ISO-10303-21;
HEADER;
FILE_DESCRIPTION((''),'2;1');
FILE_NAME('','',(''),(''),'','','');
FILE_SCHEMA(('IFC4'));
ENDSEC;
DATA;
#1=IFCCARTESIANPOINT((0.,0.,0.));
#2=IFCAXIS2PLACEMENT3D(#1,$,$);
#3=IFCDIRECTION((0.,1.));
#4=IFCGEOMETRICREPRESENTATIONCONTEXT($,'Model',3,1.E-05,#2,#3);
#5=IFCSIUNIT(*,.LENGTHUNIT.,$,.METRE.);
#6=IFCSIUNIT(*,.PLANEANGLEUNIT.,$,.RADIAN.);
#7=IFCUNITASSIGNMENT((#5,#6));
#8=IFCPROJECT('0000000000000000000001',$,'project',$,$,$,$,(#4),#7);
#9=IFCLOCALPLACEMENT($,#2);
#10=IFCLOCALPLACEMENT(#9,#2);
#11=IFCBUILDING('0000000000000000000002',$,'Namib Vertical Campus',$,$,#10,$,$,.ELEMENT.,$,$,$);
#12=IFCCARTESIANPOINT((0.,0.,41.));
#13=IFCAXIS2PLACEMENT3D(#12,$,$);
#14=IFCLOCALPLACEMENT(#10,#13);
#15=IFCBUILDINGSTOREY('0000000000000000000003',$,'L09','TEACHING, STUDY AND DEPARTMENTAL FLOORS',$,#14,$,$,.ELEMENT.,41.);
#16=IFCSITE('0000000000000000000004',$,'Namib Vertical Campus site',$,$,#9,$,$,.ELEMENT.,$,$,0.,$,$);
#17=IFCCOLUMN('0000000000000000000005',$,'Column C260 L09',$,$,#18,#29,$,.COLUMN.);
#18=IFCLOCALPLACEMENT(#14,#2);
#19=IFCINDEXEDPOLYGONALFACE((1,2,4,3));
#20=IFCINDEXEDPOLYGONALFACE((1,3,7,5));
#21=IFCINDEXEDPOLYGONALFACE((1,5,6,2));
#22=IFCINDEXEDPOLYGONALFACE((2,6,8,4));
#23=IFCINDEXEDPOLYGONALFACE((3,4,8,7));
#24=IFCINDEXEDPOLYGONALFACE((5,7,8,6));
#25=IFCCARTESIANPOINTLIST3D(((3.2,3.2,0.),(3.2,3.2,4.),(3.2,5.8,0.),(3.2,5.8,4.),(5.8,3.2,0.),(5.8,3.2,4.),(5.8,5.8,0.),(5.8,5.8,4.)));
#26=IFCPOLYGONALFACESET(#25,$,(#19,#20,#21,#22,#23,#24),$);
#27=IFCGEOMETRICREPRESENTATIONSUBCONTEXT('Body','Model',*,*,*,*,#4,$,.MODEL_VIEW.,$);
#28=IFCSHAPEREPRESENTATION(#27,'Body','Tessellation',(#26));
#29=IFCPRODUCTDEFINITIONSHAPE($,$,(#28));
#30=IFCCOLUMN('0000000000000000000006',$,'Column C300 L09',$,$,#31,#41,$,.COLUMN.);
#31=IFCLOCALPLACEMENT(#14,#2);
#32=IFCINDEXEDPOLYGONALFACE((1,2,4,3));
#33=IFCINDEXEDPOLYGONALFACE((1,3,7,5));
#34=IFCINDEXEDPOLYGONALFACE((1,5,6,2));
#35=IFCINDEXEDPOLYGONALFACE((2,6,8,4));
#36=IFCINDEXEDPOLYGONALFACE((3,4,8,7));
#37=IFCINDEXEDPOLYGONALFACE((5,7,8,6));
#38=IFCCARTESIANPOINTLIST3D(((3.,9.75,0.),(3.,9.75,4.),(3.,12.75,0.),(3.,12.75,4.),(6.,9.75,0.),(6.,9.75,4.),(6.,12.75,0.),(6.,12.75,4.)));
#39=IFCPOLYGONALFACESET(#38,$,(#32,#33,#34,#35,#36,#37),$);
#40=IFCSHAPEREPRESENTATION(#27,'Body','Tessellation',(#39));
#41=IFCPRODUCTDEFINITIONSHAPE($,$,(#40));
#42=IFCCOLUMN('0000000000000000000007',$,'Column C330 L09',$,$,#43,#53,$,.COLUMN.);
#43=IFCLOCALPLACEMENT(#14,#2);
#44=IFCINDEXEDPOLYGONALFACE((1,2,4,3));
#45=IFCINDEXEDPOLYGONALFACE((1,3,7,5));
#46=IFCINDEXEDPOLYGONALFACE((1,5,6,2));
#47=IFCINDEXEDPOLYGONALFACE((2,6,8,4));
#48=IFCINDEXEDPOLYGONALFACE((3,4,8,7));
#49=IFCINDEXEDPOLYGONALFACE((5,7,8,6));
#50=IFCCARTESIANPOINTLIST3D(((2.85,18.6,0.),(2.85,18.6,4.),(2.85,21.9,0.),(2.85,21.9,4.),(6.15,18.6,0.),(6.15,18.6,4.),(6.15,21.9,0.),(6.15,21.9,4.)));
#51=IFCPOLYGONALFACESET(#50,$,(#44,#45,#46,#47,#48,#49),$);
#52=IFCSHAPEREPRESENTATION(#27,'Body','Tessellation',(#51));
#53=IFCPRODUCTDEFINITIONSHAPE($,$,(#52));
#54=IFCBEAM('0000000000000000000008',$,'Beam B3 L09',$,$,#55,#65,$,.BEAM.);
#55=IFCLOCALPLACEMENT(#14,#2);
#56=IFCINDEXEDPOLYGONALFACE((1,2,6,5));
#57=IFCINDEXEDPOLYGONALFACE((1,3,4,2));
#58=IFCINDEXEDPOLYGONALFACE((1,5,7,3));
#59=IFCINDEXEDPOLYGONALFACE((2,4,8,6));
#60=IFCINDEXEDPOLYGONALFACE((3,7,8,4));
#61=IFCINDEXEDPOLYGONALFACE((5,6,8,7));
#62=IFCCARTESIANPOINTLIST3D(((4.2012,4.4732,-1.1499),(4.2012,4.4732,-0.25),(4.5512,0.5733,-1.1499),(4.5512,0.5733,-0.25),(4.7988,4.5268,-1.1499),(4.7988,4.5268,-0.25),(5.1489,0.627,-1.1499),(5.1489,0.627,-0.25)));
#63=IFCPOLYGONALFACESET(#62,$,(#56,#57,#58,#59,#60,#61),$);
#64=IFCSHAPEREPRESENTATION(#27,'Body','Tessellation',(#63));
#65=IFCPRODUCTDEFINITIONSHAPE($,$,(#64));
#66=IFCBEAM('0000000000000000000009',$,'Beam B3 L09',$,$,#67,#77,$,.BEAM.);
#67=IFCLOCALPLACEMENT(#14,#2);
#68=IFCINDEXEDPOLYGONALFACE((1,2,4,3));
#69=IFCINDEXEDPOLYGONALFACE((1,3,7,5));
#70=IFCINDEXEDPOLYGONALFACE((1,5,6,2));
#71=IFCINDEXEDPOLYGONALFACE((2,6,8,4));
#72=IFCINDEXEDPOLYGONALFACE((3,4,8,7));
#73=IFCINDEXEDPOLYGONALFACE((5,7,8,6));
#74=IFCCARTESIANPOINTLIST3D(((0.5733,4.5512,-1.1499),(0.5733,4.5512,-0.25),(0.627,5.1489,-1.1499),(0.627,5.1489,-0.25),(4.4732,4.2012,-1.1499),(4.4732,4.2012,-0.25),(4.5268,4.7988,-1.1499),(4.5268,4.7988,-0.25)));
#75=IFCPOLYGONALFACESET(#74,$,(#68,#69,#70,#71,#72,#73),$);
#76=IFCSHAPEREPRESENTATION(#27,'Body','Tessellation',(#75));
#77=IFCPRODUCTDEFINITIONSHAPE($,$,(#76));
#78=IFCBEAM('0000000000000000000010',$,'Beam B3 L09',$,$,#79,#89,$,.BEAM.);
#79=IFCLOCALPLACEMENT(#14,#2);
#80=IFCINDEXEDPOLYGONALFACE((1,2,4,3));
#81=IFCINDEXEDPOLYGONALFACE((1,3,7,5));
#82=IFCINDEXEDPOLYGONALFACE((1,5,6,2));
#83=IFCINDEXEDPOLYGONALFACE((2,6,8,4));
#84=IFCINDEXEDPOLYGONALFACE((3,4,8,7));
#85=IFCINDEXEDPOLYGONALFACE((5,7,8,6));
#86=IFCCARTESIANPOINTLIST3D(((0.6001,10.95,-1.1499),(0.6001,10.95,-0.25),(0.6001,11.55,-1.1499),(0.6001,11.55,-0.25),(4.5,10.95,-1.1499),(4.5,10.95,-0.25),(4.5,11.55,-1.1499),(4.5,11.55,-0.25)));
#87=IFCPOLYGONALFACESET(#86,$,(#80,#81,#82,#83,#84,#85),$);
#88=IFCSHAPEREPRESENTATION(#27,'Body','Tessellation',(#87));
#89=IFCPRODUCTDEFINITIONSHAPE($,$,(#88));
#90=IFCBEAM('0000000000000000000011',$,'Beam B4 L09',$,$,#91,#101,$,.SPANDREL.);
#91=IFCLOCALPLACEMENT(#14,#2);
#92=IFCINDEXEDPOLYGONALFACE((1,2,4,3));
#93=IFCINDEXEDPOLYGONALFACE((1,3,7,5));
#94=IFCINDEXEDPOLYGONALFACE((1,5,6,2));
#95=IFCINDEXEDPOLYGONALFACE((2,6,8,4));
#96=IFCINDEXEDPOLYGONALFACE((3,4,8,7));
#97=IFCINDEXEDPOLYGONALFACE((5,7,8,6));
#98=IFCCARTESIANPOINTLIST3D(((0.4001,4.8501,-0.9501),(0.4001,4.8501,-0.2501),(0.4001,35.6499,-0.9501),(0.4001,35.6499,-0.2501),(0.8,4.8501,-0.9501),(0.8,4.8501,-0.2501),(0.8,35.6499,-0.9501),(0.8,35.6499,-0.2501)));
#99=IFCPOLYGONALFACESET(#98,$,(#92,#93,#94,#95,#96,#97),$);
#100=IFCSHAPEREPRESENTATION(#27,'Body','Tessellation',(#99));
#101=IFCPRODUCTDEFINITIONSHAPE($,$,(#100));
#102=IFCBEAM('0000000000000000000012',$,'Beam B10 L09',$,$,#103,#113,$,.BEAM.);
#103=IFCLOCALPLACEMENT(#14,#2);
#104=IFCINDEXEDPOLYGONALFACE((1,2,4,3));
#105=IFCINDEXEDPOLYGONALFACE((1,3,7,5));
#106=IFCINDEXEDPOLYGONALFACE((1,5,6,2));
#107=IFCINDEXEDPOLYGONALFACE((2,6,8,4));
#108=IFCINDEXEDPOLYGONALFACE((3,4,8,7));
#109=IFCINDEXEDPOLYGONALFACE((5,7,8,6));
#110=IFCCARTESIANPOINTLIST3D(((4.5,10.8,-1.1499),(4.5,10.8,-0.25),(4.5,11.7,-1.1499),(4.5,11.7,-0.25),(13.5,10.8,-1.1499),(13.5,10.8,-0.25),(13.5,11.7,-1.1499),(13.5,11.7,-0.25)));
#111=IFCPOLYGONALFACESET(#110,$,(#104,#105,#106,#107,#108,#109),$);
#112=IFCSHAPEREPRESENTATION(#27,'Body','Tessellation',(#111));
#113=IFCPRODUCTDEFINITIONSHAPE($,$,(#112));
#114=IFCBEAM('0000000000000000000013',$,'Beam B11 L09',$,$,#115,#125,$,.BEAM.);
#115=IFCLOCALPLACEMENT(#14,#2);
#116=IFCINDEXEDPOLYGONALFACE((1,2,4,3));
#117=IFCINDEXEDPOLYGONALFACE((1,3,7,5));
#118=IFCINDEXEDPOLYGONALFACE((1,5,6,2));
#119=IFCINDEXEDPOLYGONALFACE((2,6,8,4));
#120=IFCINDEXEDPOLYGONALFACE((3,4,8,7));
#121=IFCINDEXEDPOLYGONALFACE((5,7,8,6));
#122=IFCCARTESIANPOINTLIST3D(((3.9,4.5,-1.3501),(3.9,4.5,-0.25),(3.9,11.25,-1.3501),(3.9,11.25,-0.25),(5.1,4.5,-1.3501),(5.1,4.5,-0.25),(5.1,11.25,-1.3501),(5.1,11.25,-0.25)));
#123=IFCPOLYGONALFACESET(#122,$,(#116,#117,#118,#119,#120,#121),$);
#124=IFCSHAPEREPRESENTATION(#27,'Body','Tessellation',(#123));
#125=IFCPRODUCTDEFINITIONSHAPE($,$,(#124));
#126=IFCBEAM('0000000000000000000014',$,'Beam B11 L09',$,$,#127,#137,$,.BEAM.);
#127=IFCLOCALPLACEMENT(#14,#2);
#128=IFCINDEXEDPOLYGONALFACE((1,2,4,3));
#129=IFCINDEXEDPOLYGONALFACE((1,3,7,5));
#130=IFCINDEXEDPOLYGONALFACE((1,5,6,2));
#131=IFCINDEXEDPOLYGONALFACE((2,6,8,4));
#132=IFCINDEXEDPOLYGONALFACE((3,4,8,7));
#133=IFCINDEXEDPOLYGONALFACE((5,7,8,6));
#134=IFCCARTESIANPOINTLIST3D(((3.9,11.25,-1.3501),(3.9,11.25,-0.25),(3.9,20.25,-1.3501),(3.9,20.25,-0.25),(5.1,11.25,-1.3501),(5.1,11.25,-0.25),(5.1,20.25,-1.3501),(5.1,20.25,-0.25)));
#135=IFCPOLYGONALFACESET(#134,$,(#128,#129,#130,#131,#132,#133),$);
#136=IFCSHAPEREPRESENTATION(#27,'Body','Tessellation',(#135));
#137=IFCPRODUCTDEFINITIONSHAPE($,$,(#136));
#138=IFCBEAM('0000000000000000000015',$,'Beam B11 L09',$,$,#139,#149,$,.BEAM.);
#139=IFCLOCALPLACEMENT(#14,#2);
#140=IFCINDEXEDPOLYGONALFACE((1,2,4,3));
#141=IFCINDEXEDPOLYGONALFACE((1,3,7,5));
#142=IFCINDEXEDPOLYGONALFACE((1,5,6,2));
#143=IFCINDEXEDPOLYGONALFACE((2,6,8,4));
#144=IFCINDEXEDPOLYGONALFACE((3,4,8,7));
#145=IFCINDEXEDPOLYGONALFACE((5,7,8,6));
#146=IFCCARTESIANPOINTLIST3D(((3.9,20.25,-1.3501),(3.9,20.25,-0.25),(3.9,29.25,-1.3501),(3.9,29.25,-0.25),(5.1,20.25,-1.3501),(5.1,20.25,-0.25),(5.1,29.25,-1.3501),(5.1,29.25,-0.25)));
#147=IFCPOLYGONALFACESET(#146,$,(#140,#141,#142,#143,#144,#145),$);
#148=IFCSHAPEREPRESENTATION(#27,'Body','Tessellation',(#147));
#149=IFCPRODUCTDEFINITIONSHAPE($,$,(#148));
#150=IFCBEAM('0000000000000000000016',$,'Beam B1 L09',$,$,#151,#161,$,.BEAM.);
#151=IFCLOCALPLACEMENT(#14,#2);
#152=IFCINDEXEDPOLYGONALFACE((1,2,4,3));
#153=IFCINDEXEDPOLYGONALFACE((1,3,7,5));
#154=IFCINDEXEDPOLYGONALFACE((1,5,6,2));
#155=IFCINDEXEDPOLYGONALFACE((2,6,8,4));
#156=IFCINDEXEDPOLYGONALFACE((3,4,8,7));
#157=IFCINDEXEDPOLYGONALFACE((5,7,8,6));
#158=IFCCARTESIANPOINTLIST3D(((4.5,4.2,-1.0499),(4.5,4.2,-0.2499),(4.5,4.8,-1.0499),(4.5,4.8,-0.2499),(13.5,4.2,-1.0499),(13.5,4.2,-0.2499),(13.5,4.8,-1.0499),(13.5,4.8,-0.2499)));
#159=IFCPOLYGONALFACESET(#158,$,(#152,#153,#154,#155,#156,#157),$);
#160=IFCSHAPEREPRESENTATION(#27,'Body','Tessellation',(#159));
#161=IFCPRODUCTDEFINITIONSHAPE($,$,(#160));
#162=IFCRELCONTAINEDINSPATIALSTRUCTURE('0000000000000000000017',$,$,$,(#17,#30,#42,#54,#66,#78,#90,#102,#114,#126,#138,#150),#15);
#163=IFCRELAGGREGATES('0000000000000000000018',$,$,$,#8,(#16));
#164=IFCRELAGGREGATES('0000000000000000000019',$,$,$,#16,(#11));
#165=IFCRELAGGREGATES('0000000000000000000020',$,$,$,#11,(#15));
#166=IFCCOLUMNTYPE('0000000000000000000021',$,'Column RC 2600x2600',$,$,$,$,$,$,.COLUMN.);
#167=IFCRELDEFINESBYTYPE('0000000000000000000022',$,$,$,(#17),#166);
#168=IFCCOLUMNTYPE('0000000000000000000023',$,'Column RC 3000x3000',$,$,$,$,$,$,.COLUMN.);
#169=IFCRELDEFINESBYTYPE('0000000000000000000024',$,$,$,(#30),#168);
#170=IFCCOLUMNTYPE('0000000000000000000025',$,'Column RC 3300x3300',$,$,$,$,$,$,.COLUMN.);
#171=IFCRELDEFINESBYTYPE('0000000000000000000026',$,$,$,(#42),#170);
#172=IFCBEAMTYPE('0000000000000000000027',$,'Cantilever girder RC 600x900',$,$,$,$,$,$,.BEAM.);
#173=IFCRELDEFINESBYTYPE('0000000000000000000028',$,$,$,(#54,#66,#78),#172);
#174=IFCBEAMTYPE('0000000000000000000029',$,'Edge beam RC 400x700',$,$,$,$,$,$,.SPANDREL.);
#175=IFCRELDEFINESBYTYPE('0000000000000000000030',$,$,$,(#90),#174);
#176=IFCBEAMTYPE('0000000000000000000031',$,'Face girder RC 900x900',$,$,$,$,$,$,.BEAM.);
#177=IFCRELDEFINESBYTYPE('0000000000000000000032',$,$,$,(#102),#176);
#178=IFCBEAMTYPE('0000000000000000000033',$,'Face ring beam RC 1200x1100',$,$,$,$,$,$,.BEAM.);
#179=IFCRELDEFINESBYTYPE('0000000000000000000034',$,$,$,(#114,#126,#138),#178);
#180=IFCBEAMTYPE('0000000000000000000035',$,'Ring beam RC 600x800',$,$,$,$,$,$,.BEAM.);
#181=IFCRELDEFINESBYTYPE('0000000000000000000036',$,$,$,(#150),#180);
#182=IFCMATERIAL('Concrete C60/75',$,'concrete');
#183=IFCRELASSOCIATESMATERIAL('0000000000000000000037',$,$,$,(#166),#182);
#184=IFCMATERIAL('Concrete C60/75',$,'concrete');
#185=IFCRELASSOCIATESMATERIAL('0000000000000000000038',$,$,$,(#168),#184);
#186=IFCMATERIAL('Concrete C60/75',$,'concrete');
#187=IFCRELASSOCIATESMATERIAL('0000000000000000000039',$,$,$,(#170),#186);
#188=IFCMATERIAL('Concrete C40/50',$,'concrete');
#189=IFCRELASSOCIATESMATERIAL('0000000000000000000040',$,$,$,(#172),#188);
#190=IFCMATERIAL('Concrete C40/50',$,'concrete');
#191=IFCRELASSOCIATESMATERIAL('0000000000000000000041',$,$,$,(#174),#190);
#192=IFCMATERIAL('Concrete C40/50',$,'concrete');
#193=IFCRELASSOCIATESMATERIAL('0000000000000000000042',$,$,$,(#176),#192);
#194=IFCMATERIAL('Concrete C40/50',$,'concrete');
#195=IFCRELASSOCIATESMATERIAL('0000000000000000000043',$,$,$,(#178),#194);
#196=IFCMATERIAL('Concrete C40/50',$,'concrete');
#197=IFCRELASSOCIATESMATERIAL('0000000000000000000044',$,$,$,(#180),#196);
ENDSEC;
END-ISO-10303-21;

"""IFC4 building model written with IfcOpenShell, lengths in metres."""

from ifc_helpers import new_model, si_unit, direction, frame, origin, origin_2d, place, context, subcontext, project, spatial, rectangle, extrude, material, material_profile, profile_set, type_object, element, save


model = new_model("IFC4")

# Units and contexts
model_context = context("Model", 3, precision=1e-05, world=origin(), true_north=direction((0.0, 1.0)))
body_context = subcontext(model_context, "Body", "Model", "MODEL_VIEW")
ifc_project = project(units=[si_unit("LENGTHUNIT", "METRE"), si_unit("PLANEANGLEUNIT", "RADIAN")], contexts=[model_context])

# Site, building, storey
site_placement = place(None, origin())
site = spatial("IfcSite", under=ifc_project, at=site_placement, Name="Namib Vertical Campus site", CompositionType="ELEMENT", RefElevation=0.0)
building_placement = place(site_placement, origin())
building = spatial("IfcBuilding", under=site, at=building_placement, Name="Namib Vertical Campus", CompositionType="ELEMENT")
storey_placement = place(building_placement, frame((0.0, 0.0, 41.0)))
storey = spatial("IfcBuildingStorey", under=building, at=storey_placement, Name="L09", Description="TEACHING, STUDY AND DEPARTMENTAL FLOORS", CompositionType="ELEMENT", Elevation=41.0)

# Columns
ifc_material_1 = material(Name="Concrete C60/75", Category="concrete")
ifc_material_profile_1 = material_profile(ifc_material_1, rectangle(XDim=2.6001, YDim=2.6001, at=origin_2d()))
ifc_profile_set_1 = profile_set([ifc_material_profile_1], Name="Concrete C60/75")
column_type_1 = type_object("IfcColumnType", Name="Column RC 2600x2600", PredefinedType="COLUMN", material=ifc_profile_set_1)
column_1_placement = place(storey_placement, frame((4.5, 4.5, 0.0), z_axis=(0.0, 0.0, 1.0), x_axis=(1.0, 0.0, 0.0)))
element("IfcColumn", 1, at=column_1_placement, inside=storey, type_object=column_type_1, Name="Column C260 L09", PredefinedType="COLUMN", context=body_context, shape_type="SweptSolid", body=[
    extrude(rectangle(XDim=2.6001, YDim=2.6001, at=origin_2d()), origin(), (0.0, 0.0, 1.0), 4.0),
])
ifc_material_2 = material(Name="Concrete C60/75", Category="concrete")
ifc_material_profile_2 = material_profile(ifc_material_2, rectangle(XDim=3.0, YDim=3.0, at=origin_2d()))
ifc_profile_set_2 = profile_set([ifc_material_profile_2], Name="Concrete C60/75")
column_type_2 = type_object("IfcColumnType", Name="Column RC 3000x3000", PredefinedType="COLUMN", material=ifc_profile_set_2)
column_2_placement = place(storey_placement, frame((4.5, 11.25, 0.0), z_axis=(0.0, 0.0, 1.0), x_axis=(1.0, 0.0, 0.0)))
element("IfcColumn", 2, at=column_2_placement, inside=storey, type_object=column_type_2, Name="Column C300 L09", PredefinedType="COLUMN", context=body_context, shape_type="SweptSolid", body=[
    extrude(rectangle(XDim=3.0, YDim=3.0, at=origin_2d()), origin(), (0.0, 0.0, 1.0), 4.0),
])
ifc_material_3 = material(Name="Concrete C60/75", Category="concrete")
ifc_material_profile_3 = material_profile(ifc_material_3, rectangle(XDim=3.3, YDim=3.3, at=origin_2d()))
ifc_profile_set_3 = profile_set([ifc_material_profile_3], Name="Concrete C60/75")
column_type_3 = type_object("IfcColumnType", Name="Column RC 3300x3300", PredefinedType="COLUMN", material=ifc_profile_set_3)
column_3_placement = place(storey_placement, frame((4.5, 20.25, 0.0), z_axis=(0.0, 0.0, 1.0), x_axis=(1.0, 0.0, 0.0)))
element("IfcColumn", 3, at=column_3_placement, inside=storey, type_object=column_type_3, Name="Column C330 L09", PredefinedType="COLUMN", context=body_context, shape_type="SweptSolid", body=[
    extrude(rectangle(XDim=3.3, YDim=3.3, at=origin_2d()), origin(), (0.0, 0.0, 1.0), 4.0),
])

# Beams
ifc_material_4 = material(Name="Concrete C40/50", Category="concrete")
ifc_material_profile_4 = material_profile(ifc_material_4, rectangle(XDim=0.6001, YDim=0.8999, at=origin_2d()))
ifc_profile_set_4 = profile_set([ifc_material_profile_4], Name="Concrete C40/50")
beam_type_1 = type_object("IfcBeamType", Name="Cantilever girder RC 600x900", PredefinedType="BEAM", material=ifc_profile_set_4)
for number, where, z_axis, x_axis, name in (
    (4, (4.5, 4.5, -0.7), (0.089411, -0.995995, 0.0), (0.995995, 0.089411, 0.0), "Beam B3 L09"),
    (5, (4.5, 4.5, -0.7), (-0.995995, 0.089411, 0.0), (-0.089411, -0.995995, 0.0), "Beam B3 L09"),
):
    element("IfcBeam", number, at=place(storey_placement, frame(where, z_axis=z_axis, x_axis=x_axis)), inside=storey, type_object=beam_type_1, Name=name, PredefinedType="BEAM", context=body_context, shape_type="SweptSolid", body=[
        extrude(rectangle(XDim=0.6001, YDim=0.8999, at=origin_2d()), origin(), (0.0, 0.0, 1.0), 3.9155),
    ])
beam_1_placement = place(storey_placement, frame((4.5, 11.25, -0.7), z_axis=(-1.0, 0.0, 0.0), x_axis=(0.0, -1.0, 0.0)))
element("IfcBeam", 6, at=beam_1_placement, inside=storey, type_object=beam_type_1, Name="Beam B3 L09", PredefinedType="BEAM", context=body_context, shape_type="SweptSolid", body=[
    extrude(rectangle(XDim=0.6001, YDim=0.8999, at=origin_2d()), origin(), (0.0, 0.0, 1.0), 3.8999),
])
ifc_material_5 = material(Name="Concrete C40/50", Category="concrete")
ifc_material_profile_5 = material_profile(ifc_material_5, rectangle(XDim=0.3999, YDim=0.7, at=origin_2d()))
ifc_profile_set_5 = profile_set([ifc_material_profile_5], Name="Concrete C40/50")
beam_type_2 = type_object("IfcBeamType", Name="Edge beam RC 400x700", PredefinedType="SPANDREL", material=ifc_profile_set_5)
beam_2_placement = place(storey_placement, frame((0.6001, 4.8501, -0.6001), z_axis=(0.0, 1.0, 0.0), x_axis=(-1.0, 0.0, 0.0)))
element("IfcBeam", 7, at=beam_2_placement, inside=storey, type_object=beam_type_2, Name="Beam B4 L09", PredefinedType="SPANDREL", context=body_context, shape_type="SweptSolid", body=[
    extrude(rectangle(XDim=0.3999, YDim=0.7, at=origin_2d()), origin(), (0.0, 0.0, 1.0), 30.7998),
])
ifc_material_6 = material(Name="Concrete C40/50", Category="concrete")
ifc_material_profile_6 = material_profile(ifc_material_6, rectangle(XDim=0.8999, YDim=0.8999, at=origin_2d()))
ifc_profile_set_6 = profile_set([ifc_material_profile_6], Name="Concrete C40/50")
beam_type_3 = type_object("IfcBeamType", Name="Face girder RC 900x900", PredefinedType="BEAM", material=ifc_profile_set_6)
beam_3_placement = place(storey_placement, frame((4.5, 11.25, -0.7), z_axis=(1.0, 0.0, 0.0), x_axis=(0.0, 1.0, 0.0)))
element("IfcBeam", 8, at=beam_3_placement, inside=storey, type_object=beam_type_3, Name="Beam B10 L09", PredefinedType="BEAM", context=body_context, shape_type="SweptSolid", body=[
    extrude(rectangle(XDim=0.8999, YDim=0.8999, at=origin_2d()), origin(), (0.0, 0.0, 1.0), 9.0),
])
ifc_material_7 = material(Name="Concrete C40/50", Category="concrete")
ifc_material_profile_7 = material_profile(ifc_material_7, rectangle(XDim=1.2, YDim=1.1001, at=origin_2d()))
ifc_profile_set_7 = profile_set([ifc_material_profile_7], Name="Concrete C40/50")
beam_type_4 = type_object("IfcBeamType", Name="Face ring beam RC 1200x1100", PredefinedType="BEAM", material=ifc_profile_set_7)
beam_4_placement = place(storey_placement, frame((4.5, 4.5, -0.8), z_axis=(0.0, 1.0, 0.0), x_axis=(-1.0, 0.0, 0.0)))
element("IfcBeam", 9, at=beam_4_placement, inside=storey, type_object=beam_type_4, Name="Beam B11 L09", PredefinedType="BEAM", context=body_context, shape_type="SweptSolid", body=[
    extrude(rectangle(XDim=1.2, YDim=1.1001, at=origin_2d()), origin(), (0.0, 0.0, 1.0), 6.75),
])
for number, where, z_axis, x_axis, name in (
    (10, (4.5, 11.25, -0.8), (0.0, 1.0, 0.0), (-1.0, 0.0, 0.0), "Beam B11 L09"),
    (11, (4.5, 20.25, -0.8), (0.0, 1.0, 0.0), (-1.0, 0.0, 0.0), "Beam B11 L09"),
):
    element("IfcBeam", number, at=place(storey_placement, frame(where, z_axis=z_axis, x_axis=x_axis)), inside=storey, type_object=beam_type_4, Name=name, PredefinedType="BEAM", context=body_context, shape_type="SweptSolid", body=[
        extrude(rectangle(XDim=1.2, YDim=1.1001, at=origin_2d()), origin(), (0.0, 0.0, 1.0), 9.0),
    ])
ifc_material_8 = material(Name="Concrete C40/50", Category="concrete")
ifc_material_profile_8 = material_profile(ifc_material_8, rectangle(XDim=0.6001, YDim=0.8, at=origin_2d()))
ifc_profile_set_8 = profile_set([ifc_material_profile_8], Name="Concrete C40/50")
beam_type_5 = type_object("IfcBeamType", Name="Ring beam RC 600x800", PredefinedType="BEAM", material=ifc_profile_set_8)
beam_5_placement = place(storey_placement, frame((4.5, 4.5, -0.6499), z_axis=(1.0, 0.0, 0.0), x_axis=(0.0, 1.0, 0.0)))
element("IfcBeam", 12, at=beam_5_placement, inside=storey, type_object=beam_type_5, Name="Beam B1 L09", PredefinedType="BEAM", context=body_context, shape_type="SweptSolid", body=[
    extrude(rectangle(XDim=0.6001, YDim=0.8, at=origin_2d()), origin(), (0.0, 0.0, 1.0), 9.0),
])

save(model, "model.ifc")
